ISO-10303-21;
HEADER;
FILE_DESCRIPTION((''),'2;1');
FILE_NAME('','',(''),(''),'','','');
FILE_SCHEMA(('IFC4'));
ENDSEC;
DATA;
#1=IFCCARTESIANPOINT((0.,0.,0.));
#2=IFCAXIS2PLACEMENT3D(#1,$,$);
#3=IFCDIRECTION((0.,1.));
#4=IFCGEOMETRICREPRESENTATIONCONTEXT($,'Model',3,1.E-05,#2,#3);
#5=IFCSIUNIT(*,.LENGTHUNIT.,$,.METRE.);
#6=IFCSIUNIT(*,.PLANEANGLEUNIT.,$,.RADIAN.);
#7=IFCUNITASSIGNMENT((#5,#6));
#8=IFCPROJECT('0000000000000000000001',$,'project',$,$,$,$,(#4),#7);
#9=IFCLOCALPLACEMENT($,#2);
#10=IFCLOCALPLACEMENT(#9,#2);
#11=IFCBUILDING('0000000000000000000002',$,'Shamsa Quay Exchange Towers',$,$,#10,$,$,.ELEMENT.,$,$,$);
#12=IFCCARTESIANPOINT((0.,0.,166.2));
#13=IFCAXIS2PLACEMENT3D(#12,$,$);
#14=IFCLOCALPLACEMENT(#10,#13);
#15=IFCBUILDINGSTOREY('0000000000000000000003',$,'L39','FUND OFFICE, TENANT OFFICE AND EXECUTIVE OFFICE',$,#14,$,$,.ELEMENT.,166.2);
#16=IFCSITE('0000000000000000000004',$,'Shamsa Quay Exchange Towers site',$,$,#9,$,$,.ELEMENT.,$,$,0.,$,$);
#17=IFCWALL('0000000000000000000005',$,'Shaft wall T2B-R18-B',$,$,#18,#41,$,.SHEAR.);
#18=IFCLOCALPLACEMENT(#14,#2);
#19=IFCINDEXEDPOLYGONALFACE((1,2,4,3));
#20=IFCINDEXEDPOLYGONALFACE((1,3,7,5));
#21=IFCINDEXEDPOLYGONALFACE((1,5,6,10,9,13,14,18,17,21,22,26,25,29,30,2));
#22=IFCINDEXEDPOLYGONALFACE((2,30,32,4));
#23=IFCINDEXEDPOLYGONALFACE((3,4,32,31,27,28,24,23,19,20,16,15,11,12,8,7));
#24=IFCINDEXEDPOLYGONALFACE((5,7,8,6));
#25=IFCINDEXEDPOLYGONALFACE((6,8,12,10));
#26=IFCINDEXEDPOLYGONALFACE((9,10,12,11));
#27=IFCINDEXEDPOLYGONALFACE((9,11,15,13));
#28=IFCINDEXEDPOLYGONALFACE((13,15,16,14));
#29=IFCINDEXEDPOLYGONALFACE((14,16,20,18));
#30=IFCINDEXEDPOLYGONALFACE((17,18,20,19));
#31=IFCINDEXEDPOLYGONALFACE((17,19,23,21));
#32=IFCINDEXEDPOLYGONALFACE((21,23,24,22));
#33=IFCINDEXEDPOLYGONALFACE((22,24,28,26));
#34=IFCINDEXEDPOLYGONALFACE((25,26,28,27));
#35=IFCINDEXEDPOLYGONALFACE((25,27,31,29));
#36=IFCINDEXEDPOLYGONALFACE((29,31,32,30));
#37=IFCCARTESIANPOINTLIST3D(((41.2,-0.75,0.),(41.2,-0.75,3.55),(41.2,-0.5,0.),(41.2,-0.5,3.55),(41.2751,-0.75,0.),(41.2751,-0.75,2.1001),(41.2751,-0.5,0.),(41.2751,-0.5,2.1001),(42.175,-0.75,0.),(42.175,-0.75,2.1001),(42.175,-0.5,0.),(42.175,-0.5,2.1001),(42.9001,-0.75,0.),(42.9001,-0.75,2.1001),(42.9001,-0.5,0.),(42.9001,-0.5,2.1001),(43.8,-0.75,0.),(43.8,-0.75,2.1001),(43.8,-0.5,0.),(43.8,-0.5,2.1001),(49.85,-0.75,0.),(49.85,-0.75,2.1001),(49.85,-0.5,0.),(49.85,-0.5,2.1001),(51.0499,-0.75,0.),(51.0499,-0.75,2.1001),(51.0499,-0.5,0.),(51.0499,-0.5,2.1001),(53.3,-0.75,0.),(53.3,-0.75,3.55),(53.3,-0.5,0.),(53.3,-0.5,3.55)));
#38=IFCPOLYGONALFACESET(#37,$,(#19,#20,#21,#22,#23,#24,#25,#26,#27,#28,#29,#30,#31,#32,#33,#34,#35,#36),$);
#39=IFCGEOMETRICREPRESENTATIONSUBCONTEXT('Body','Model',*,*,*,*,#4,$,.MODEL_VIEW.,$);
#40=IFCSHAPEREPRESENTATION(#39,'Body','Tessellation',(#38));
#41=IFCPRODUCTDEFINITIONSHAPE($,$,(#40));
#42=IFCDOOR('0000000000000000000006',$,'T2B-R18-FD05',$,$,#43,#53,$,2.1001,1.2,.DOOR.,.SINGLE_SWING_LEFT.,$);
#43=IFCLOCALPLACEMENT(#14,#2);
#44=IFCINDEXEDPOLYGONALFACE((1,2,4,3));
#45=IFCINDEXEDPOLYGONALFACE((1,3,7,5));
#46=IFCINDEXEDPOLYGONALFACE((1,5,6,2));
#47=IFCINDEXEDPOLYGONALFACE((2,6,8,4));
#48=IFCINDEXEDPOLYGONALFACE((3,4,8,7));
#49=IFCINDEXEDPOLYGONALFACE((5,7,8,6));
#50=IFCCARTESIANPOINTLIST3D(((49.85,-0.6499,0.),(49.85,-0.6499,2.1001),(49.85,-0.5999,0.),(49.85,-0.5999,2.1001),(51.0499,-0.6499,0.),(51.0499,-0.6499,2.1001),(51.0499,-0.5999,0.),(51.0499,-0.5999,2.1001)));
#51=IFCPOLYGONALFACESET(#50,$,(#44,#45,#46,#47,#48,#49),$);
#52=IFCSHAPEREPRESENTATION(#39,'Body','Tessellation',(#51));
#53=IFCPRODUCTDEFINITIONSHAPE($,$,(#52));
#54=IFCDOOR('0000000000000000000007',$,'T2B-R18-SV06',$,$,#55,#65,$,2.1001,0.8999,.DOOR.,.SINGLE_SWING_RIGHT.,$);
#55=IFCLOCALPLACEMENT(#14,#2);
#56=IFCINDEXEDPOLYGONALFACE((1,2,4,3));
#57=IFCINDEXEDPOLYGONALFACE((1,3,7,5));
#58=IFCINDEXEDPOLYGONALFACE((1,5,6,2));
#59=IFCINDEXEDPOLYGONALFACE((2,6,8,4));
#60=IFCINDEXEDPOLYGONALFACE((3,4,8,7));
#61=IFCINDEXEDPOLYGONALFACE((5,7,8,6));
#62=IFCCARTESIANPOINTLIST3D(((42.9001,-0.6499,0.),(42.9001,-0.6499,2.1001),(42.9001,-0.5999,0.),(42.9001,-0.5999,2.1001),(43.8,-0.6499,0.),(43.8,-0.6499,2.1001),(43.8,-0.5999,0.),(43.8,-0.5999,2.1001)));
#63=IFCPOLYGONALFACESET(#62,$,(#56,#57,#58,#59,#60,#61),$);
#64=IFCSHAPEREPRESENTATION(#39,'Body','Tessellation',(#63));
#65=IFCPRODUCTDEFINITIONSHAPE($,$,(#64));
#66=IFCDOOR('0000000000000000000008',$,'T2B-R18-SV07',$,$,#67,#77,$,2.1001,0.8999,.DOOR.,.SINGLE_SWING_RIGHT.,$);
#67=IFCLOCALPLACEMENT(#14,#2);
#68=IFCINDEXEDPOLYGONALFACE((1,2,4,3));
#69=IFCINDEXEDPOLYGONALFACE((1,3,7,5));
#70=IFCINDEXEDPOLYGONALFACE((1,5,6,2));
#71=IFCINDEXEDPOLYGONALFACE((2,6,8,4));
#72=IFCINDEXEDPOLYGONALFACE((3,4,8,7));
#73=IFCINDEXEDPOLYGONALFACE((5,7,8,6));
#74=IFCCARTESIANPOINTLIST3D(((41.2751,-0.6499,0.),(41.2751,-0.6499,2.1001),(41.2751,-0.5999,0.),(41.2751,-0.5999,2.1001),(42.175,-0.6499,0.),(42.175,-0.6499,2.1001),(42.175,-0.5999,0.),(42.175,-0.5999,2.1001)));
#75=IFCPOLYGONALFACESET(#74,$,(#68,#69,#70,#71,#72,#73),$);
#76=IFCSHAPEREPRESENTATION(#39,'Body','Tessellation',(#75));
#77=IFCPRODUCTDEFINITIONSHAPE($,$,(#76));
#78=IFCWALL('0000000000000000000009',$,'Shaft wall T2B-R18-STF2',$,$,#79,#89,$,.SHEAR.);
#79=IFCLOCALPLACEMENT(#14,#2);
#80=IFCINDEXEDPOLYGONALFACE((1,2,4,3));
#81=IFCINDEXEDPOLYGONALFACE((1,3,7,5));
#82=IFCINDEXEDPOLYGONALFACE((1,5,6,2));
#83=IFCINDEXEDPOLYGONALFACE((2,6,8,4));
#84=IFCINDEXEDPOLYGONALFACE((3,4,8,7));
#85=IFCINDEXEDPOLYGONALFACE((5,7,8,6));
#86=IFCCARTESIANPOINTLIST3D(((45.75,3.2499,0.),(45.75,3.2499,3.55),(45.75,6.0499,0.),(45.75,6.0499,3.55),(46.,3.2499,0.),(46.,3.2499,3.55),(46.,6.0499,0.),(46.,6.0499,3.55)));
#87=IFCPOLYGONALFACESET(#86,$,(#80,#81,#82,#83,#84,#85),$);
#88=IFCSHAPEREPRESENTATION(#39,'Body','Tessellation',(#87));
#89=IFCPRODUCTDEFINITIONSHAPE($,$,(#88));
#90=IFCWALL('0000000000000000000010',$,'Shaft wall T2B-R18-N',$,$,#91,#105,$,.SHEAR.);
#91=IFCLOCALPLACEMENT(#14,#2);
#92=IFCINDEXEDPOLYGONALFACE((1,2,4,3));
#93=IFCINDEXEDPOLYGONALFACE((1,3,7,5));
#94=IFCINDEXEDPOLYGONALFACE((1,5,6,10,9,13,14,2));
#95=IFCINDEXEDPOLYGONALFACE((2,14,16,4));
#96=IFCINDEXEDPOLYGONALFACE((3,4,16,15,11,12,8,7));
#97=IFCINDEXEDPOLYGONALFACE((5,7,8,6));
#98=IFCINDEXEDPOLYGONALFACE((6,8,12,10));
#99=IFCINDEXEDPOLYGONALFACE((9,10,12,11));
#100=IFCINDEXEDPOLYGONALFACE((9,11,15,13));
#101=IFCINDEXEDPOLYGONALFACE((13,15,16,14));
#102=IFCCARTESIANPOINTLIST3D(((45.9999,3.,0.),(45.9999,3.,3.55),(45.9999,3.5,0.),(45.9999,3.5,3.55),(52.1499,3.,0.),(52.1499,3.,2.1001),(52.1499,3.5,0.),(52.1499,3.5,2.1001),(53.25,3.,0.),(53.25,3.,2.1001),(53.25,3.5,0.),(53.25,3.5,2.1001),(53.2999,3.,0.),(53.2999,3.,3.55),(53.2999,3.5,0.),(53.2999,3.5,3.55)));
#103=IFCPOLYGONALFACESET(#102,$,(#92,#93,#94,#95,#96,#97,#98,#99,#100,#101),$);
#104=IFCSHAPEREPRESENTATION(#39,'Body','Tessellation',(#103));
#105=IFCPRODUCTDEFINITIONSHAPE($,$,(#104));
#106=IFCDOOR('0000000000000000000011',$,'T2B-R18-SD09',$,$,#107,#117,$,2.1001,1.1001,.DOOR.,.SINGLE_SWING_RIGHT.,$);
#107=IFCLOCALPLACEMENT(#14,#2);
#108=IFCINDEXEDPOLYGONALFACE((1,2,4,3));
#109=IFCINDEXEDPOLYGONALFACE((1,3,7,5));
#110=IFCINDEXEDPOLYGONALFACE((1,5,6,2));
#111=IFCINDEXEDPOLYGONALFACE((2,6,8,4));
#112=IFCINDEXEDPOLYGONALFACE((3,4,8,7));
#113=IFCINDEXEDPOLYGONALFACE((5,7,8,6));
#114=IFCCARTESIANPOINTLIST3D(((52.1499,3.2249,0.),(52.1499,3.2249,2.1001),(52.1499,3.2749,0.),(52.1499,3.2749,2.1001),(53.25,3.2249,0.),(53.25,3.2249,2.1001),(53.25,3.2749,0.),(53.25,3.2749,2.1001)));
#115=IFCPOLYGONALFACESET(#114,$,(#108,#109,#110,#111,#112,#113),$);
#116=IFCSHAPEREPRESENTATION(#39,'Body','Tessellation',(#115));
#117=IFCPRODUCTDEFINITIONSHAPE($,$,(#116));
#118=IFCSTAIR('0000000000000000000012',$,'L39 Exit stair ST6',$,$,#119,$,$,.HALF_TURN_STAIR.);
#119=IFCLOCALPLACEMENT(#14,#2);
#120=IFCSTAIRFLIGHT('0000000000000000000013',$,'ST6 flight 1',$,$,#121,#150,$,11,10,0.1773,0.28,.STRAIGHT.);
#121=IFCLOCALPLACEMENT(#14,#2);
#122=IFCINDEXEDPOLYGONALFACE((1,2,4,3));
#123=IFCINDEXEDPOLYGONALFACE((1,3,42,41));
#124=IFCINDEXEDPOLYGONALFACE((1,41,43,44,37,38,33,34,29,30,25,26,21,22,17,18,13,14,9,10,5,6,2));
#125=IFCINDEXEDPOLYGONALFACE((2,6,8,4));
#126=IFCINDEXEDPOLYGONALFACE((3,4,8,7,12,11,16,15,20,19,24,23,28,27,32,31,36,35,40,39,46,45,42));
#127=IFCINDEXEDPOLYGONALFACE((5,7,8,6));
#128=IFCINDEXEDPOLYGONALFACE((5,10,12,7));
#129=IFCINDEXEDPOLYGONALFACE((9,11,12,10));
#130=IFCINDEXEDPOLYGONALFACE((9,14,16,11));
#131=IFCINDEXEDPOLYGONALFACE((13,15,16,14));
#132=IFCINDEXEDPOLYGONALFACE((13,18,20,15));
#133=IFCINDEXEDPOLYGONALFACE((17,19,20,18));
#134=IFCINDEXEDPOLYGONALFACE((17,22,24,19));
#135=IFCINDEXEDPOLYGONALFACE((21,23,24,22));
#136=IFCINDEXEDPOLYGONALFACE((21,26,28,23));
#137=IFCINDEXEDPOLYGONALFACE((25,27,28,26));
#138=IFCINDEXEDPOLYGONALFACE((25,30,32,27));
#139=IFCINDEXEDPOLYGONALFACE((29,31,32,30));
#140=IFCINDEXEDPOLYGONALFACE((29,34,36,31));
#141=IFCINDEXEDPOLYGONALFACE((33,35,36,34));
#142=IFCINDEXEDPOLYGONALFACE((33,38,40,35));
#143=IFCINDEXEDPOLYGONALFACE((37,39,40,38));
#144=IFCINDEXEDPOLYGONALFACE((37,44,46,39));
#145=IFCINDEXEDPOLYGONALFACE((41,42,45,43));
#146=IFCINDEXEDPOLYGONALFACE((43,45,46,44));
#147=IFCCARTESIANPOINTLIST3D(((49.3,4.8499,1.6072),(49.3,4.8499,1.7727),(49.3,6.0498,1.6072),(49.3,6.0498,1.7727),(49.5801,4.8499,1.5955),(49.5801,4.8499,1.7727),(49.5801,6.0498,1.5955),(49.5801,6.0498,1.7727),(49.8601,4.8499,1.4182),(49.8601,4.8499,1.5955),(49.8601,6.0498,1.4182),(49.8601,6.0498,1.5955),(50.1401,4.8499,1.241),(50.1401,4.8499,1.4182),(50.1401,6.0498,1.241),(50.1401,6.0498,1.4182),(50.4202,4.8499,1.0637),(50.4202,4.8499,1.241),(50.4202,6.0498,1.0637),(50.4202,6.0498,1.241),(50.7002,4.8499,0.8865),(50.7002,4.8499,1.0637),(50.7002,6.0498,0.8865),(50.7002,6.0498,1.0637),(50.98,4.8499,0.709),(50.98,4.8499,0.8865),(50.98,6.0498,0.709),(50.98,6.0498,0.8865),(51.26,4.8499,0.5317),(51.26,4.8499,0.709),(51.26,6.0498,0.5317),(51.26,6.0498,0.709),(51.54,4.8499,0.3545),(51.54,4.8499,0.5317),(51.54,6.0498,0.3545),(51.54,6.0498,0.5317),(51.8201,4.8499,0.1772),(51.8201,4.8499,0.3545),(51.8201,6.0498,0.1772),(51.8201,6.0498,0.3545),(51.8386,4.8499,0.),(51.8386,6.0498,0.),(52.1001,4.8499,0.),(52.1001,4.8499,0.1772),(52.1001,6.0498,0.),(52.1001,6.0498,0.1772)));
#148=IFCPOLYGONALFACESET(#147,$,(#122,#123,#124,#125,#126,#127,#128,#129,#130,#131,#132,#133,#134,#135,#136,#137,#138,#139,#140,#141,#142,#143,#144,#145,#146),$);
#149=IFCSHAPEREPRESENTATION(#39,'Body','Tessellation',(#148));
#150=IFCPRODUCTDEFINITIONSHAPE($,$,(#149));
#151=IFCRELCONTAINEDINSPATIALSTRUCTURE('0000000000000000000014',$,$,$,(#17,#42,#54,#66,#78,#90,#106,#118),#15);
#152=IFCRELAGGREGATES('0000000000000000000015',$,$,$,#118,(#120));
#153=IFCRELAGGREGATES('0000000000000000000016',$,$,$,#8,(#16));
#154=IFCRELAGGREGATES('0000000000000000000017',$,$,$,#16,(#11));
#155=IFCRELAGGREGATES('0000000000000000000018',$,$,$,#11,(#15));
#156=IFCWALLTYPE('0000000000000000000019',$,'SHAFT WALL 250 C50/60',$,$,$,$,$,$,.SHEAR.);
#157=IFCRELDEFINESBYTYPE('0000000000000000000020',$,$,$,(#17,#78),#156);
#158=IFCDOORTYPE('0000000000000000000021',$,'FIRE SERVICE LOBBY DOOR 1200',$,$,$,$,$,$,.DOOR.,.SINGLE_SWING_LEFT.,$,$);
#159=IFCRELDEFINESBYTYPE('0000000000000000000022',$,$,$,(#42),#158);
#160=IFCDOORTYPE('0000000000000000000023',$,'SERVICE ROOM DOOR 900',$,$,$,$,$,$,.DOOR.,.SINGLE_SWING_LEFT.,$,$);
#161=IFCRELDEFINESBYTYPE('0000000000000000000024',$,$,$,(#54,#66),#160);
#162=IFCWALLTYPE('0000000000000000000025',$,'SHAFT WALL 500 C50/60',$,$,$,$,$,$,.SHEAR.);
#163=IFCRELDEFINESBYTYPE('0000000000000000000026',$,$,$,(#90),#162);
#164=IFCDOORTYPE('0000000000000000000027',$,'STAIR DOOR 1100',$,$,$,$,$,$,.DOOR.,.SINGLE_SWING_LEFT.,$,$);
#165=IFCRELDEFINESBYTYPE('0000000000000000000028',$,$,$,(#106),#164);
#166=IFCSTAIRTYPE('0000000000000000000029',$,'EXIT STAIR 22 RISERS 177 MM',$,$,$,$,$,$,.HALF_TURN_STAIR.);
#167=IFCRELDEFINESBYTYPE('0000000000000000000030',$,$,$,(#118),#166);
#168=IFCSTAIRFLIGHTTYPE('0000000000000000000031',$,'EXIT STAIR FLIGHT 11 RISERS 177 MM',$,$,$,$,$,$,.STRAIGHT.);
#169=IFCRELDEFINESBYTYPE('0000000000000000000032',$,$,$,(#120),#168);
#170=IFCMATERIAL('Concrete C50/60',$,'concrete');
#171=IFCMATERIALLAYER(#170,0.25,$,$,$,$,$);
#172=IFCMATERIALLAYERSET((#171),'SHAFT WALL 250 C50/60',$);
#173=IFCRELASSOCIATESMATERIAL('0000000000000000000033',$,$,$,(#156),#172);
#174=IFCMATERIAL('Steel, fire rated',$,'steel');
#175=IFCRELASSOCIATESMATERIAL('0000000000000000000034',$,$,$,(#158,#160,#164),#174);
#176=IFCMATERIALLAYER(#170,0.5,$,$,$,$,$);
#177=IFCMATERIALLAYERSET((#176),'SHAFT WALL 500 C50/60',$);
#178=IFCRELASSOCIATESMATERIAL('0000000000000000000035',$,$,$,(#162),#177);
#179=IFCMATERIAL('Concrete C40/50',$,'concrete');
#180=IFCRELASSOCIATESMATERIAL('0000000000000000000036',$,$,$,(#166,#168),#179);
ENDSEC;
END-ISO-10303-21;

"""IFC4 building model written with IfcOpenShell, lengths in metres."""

from ifc_helpers import new_model, si_unit, direction, frame, frame_2d, origin, place, context, subcontext, project, spatial, polyline, rectangle, outline, extrude, material, layer, layer_set, type_object, element, fill, aggregate, save


model = new_model("IFC4")

# Units and contexts
model_context = context("Model", 3, precision=1e-05, world=origin(), true_north=direction((0.0, 1.0)))
body_context = subcontext(model_context, "Body", "Model", "MODEL_VIEW")
ifc_project = project(units=[si_unit("LENGTHUNIT", "METRE"), si_unit("PLANEANGLEUNIT", "RADIAN")], contexts=[model_context])

# Site, building, storey
site_placement = place(None, origin())
site = spatial("IfcSite", under=ifc_project, at=site_placement, Name="Shamsa Quay Exchange Towers site", CompositionType="ELEMENT", RefElevation=0.0)
building_placement = place(site_placement, origin())
building = spatial("IfcBuilding", under=site, at=building_placement, Name="Shamsa Quay Exchange Towers", CompositionType="ELEMENT")
storey_placement = place(building_placement, frame((0.0, 0.0, 166.2)))
storey = spatial("IfcBuildingStorey", under=building, at=storey_placement, Name="L39", Description="FUND OFFICE, TENANT OFFICE AND EXECUTIVE OFFICE", CompositionType="ELEMENT", Elevation=166.2)

# Wall, openings, doors
ifc_material_1 = material(Name="Concrete C50/60", Category="concrete")
ifc_layer_1 = layer(ifc_material_1, 0.25)
ifc_layer_set_1 = layer_set([ifc_layer_1], Name="SHAFT WALL 250 C50/60")
wall_type_1 = type_object("IfcWallType", Name="SHAFT WALL 250 C50/60", PredefinedType="SHEAR", material=ifc_layer_set_1)
wall_1_placement = place(storey_placement, frame((53.3, -0.625, 0.0), z_axis=(0.0, 0.0, 1.0), x_axis=(-1.0, 0.0, 0.0)))
wall_1 = element("IfcWall", 1, at=wall_1_placement, inside=storey, type_object=wall_type_1, Name="Shaft wall T2B-R18-B", PredefinedType="SHEAR", context=body_context, shape_type="SweptSolid", body=[
    extrude(rectangle(XDim=12.1001, YDim=0.25, at=frame_2d((6.05, 0.0))), origin(), (0.0, 0.0, 1.0), 3.55),
])
opening_1_placement = place(wall_1_placement, frame((2.25, 0.0, 0.0)))
opening_1 = element("IfcOpeningElement", 2, at=opening_1_placement, cuts=wall_1, PredefinedType="OPENING", context=body_context, shape_type="SweptSolid", body=[
    extrude(rectangle(XDim=1.2, YDim=2.1001, at=frame_2d((0.6001, 1.05))), frame((0.0, 0.135, 0.0), z_axis=(0.0, -1.0, 0.0), x_axis=(1.0, 0.0, 0.0)), (0.0, 0.0, 1.0), 0.27),
])
opening_2_placement = place(wall_1_placement, frame((9.5, 0.0, 0.0)))
opening_2 = element("IfcOpeningElement", 3, at=opening_2_placement, cuts=wall_1, PredefinedType="OPENING", context=body_context, shape_type="SweptSolid", body=[
    extrude(rectangle(XDim=0.8999, YDim=2.1001, at=frame_2d((0.45, 1.05))), frame((0.0, 0.135, 0.0), z_axis=(0.0, -1.0, 0.0), x_axis=(1.0, 0.0, 0.0)), (0.0, 0.0, 1.0), 0.27),
])
opening_3_placement = place(wall_1_placement, frame((11.125, 0.0, 0.0)))
opening_3 = element("IfcOpeningElement", 4, at=opening_3_placement, cuts=wall_1, PredefinedType="OPENING", context=body_context, shape_type="SweptSolid", body=[
    extrude(rectangle(XDim=0.8999, YDim=2.1001, at=frame_2d((0.45, 1.05))), frame((0.0, 0.135, 0.0), z_axis=(0.0, -1.0, 0.0), x_axis=(1.0, 0.0, 0.0)), (0.0, 0.0, 1.0), 0.27),
])
ifc_material_2 = material(Name="Steel, fire rated", Category="steel")
door_type_1 = type_object("IfcDoorType", Name="FIRE SERVICE LOBBY DOOR 1200", OperationType="SINGLE_SWING_LEFT", PredefinedType="DOOR", material=ifc_material_2)
door_1_placement = place(opening_1_placement, origin())
door_1 = element("IfcDoor", 5, at=door_1_placement, inside=storey, type_object=door_type_1, Name="T2B-R18-FD05", OperationType="SINGLE_SWING_LEFT", OverallHeight=2.1001, OverallWidth=1.2, PredefinedType="DOOR", context=body_context, shape_type="SweptSolid", body=[
    extrude(rectangle(XDim=1.2, YDim=2.1001, at=frame_2d((0.6001, 1.05))), frame((0.0, 0.0249, 0.0), z_axis=(0.0, -1.0, 0.0), x_axis=(1.0, 0.0, 0.0)), (0.0, 0.0, 1.0), 0.05),
])
fill(opening_1, door_1)
door_type_2 = type_object("IfcDoorType", Name="SERVICE ROOM DOOR 900", OperationType="SINGLE_SWING_LEFT", PredefinedType="DOOR", material=ifc_material_2)
door_2_placement = place(opening_2_placement, origin())
door_2 = element("IfcDoor", 6, at=door_2_placement, inside=storey, type_object=door_type_2, Name="T2B-R18-SV06", OperationType="SINGLE_SWING_RIGHT", OverallHeight=2.1001, OverallWidth=0.8999, PredefinedType="DOOR", context=body_context, shape_type="SweptSolid", body=[
    extrude(rectangle(XDim=0.8999, YDim=2.1001, at=frame_2d((0.45, 1.05))), frame((0.0, 0.0249, 0.0), z_axis=(0.0, -1.0, 0.0), x_axis=(1.0, 0.0, 0.0)), (0.0, 0.0, 1.0), 0.05),
])
fill(opening_2, door_2)
door_3_placement = place(opening_3_placement, origin())
door_3 = element("IfcDoor", 7, at=door_3_placement, inside=storey, type_object=door_type_2, Name="T2B-R18-SV07", OperationType="SINGLE_SWING_RIGHT", OverallHeight=2.1001, OverallWidth=0.8999, PredefinedType="DOOR", context=body_context, shape_type="SweptSolid", body=[
    extrude(rectangle(XDim=0.8999, YDim=2.1001, at=frame_2d((0.45, 1.05))), frame((0.0, 0.0249, 0.0), z_axis=(0.0, -1.0, 0.0), x_axis=(1.0, 0.0, 0.0)), (0.0, 0.0, 1.0), 0.05),
])
fill(opening_3, door_3)

# Wall
wall_2_placement = place(storey_placement, frame((45.875, 3.25, 0.0), z_axis=(0.0, 0.0, 1.0), x_axis=(0.0, 1.0, 0.0)))
element("IfcWall", 8, at=wall_2_placement, inside=storey, type_object=wall_type_1, Name="Shaft wall T2B-R18-STF2", PredefinedType="SHEAR", context=body_context, shape_type="SweptSolid", body=[
    extrude(rectangle(XDim=2.8, YDim=0.25, at=frame_2d((1.3999, 0.0))), origin(), (0.0, 0.0, 1.0), 3.55),
])

# Wall, opening, door
ifc_layer_2 = layer(ifc_material_1, 0.5)
ifc_layer_set_2 = layer_set([ifc_layer_2], Name="SHAFT WALL 500 C50/60")
wall_type_2 = type_object("IfcWallType", Name="SHAFT WALL 500 C50/60", PredefinedType="SHEAR", material=ifc_layer_set_2)
wall_3_placement = place(storey_placement, frame((46.0, 3.25, 0.0)))
wall_3 = element("IfcWall", 9, at=wall_3_placement, inside=storey, type_object=wall_type_2, Name="Shaft wall T2B-R18-N", PredefinedType="SHEAR", context=body_context, shape_type="SweptSolid", body=[
    extrude(rectangle(XDim=7.3, YDim=0.5, at=frame_2d((3.6499, 0.0))), origin(), (0.0, 0.0, 1.0), 3.55),
])
opening_4_placement = place(wall_3_placement, frame((6.1499, 0.0, 0.0)))
opening_4 = element("IfcOpeningElement", 10, at=opening_4_placement, cuts=wall_3, PredefinedType="OPENING", context=body_context, shape_type="SweptSolid", body=[
    extrude(rectangle(XDim=1.1001, YDim=2.1001, at=frame_2d((0.55, 1.05))), frame((0.0, 0.26, 0.0), z_axis=(0.0, -1.0, 0.0), x_axis=(1.0, 0.0, 0.0)), (0.0, 0.0, 1.0), 0.52),
])
door_type_3 = type_object("IfcDoorType", Name="STAIR DOOR 1100", OperationType="SINGLE_SWING_LEFT", PredefinedType="DOOR", material=ifc_material_2)
door_4_placement = place(opening_4_placement, origin())
door_4 = element("IfcDoor", 11, at=door_4_placement, inside=storey, type_object=door_type_3, Name="T2B-R18-SD09", OperationType="SINGLE_SWING_RIGHT", OverallHeight=2.1001, OverallWidth=1.1001, PredefinedType="DOOR", context=body_context, shape_type="SweptSolid", body=[
    extrude(rectangle(XDim=1.1001, YDim=2.1001, at=frame_2d((0.55, 1.05))), frame((0.0, 0.0249, 0.0), z_axis=(0.0, -1.0, 0.0), x_axis=(1.0, 0.0, 0.0)), (0.0, 0.0, 1.0), 0.05),
])
fill(opening_4, door_4)

# Stair, stair flight
ifc_material_3 = material(Name="Concrete C40/50", Category="concrete")
stair_type = type_object("IfcStairType", Name="EXIT STAIR 22 RISERS 177 MM", PredefinedType="HALF_TURN_STAIR", material=ifc_material_3)
stair_placement = place(storey_placement, origin())
stair = element("IfcStair", 12, at=stair_placement, inside=storey, type_object=stair_type, Name="L39 Exit stair ST6", PredefinedType="HALF_TURN_STAIR")
stair_flight_type = type_object("IfcStairFlightType", Name="EXIT STAIR FLIGHT 11 RISERS 177 MM", PredefinedType="STRAIGHT", material=ifc_material_3)
stair_flight_1_placement = place(storey_placement, frame((52.1001, 5.45, 0.0), z_axis=(0.0, 0.0, 1.0), x_axis=(-1.0, 0.0, 0.0)))
stair_flight_1 = element("IfcStairFlight", 13, at=stair_flight_1_placement, type_object=stair_flight_type, Name="ST6 flight 1", NumberOfRisers=11, NumberOfTreads=10, PredefinedType="STRAIGHT", RiserHeight=0.1773, TreadLength=0.28, context=body_context, shape_type="SweptSolid", body=[
    extrude(outline(polyline([(0.0, 0.0), (0.0, 0.1772), (0.28, 0.1772), (0.28, 0.3545), (0.5601, 0.3545), (0.5601, 0.5317), (0.8401, 0.5317), (0.8401, 0.709), (1.1201, 0.709), (1.1201, 0.8865), (1.3999, 0.8865), (1.3999, 1.0637), (1.6799, 1.0637), (1.6799, 1.241), (1.96, 1.241), (1.96, 1.4182), (2.24, 1.4182), (2.24, 1.5955), (2.52, 1.5955), (2.52, 1.7727), (2.8, 1.7727), (2.8, 1.95), (2.8, 1.6072), (0.2615, 0.0), (0.0, 0.0)])), frame((0.0, 0.6001, 0.0), z_axis=(0.0, -1.0, 0.0), x_axis=(1.0, 0.0, 0.0)), (0.0, 0.0, 1.0), 1.2),
])
aggregate(stair, [stair_flight_1])

save(model, "model.ifc")
